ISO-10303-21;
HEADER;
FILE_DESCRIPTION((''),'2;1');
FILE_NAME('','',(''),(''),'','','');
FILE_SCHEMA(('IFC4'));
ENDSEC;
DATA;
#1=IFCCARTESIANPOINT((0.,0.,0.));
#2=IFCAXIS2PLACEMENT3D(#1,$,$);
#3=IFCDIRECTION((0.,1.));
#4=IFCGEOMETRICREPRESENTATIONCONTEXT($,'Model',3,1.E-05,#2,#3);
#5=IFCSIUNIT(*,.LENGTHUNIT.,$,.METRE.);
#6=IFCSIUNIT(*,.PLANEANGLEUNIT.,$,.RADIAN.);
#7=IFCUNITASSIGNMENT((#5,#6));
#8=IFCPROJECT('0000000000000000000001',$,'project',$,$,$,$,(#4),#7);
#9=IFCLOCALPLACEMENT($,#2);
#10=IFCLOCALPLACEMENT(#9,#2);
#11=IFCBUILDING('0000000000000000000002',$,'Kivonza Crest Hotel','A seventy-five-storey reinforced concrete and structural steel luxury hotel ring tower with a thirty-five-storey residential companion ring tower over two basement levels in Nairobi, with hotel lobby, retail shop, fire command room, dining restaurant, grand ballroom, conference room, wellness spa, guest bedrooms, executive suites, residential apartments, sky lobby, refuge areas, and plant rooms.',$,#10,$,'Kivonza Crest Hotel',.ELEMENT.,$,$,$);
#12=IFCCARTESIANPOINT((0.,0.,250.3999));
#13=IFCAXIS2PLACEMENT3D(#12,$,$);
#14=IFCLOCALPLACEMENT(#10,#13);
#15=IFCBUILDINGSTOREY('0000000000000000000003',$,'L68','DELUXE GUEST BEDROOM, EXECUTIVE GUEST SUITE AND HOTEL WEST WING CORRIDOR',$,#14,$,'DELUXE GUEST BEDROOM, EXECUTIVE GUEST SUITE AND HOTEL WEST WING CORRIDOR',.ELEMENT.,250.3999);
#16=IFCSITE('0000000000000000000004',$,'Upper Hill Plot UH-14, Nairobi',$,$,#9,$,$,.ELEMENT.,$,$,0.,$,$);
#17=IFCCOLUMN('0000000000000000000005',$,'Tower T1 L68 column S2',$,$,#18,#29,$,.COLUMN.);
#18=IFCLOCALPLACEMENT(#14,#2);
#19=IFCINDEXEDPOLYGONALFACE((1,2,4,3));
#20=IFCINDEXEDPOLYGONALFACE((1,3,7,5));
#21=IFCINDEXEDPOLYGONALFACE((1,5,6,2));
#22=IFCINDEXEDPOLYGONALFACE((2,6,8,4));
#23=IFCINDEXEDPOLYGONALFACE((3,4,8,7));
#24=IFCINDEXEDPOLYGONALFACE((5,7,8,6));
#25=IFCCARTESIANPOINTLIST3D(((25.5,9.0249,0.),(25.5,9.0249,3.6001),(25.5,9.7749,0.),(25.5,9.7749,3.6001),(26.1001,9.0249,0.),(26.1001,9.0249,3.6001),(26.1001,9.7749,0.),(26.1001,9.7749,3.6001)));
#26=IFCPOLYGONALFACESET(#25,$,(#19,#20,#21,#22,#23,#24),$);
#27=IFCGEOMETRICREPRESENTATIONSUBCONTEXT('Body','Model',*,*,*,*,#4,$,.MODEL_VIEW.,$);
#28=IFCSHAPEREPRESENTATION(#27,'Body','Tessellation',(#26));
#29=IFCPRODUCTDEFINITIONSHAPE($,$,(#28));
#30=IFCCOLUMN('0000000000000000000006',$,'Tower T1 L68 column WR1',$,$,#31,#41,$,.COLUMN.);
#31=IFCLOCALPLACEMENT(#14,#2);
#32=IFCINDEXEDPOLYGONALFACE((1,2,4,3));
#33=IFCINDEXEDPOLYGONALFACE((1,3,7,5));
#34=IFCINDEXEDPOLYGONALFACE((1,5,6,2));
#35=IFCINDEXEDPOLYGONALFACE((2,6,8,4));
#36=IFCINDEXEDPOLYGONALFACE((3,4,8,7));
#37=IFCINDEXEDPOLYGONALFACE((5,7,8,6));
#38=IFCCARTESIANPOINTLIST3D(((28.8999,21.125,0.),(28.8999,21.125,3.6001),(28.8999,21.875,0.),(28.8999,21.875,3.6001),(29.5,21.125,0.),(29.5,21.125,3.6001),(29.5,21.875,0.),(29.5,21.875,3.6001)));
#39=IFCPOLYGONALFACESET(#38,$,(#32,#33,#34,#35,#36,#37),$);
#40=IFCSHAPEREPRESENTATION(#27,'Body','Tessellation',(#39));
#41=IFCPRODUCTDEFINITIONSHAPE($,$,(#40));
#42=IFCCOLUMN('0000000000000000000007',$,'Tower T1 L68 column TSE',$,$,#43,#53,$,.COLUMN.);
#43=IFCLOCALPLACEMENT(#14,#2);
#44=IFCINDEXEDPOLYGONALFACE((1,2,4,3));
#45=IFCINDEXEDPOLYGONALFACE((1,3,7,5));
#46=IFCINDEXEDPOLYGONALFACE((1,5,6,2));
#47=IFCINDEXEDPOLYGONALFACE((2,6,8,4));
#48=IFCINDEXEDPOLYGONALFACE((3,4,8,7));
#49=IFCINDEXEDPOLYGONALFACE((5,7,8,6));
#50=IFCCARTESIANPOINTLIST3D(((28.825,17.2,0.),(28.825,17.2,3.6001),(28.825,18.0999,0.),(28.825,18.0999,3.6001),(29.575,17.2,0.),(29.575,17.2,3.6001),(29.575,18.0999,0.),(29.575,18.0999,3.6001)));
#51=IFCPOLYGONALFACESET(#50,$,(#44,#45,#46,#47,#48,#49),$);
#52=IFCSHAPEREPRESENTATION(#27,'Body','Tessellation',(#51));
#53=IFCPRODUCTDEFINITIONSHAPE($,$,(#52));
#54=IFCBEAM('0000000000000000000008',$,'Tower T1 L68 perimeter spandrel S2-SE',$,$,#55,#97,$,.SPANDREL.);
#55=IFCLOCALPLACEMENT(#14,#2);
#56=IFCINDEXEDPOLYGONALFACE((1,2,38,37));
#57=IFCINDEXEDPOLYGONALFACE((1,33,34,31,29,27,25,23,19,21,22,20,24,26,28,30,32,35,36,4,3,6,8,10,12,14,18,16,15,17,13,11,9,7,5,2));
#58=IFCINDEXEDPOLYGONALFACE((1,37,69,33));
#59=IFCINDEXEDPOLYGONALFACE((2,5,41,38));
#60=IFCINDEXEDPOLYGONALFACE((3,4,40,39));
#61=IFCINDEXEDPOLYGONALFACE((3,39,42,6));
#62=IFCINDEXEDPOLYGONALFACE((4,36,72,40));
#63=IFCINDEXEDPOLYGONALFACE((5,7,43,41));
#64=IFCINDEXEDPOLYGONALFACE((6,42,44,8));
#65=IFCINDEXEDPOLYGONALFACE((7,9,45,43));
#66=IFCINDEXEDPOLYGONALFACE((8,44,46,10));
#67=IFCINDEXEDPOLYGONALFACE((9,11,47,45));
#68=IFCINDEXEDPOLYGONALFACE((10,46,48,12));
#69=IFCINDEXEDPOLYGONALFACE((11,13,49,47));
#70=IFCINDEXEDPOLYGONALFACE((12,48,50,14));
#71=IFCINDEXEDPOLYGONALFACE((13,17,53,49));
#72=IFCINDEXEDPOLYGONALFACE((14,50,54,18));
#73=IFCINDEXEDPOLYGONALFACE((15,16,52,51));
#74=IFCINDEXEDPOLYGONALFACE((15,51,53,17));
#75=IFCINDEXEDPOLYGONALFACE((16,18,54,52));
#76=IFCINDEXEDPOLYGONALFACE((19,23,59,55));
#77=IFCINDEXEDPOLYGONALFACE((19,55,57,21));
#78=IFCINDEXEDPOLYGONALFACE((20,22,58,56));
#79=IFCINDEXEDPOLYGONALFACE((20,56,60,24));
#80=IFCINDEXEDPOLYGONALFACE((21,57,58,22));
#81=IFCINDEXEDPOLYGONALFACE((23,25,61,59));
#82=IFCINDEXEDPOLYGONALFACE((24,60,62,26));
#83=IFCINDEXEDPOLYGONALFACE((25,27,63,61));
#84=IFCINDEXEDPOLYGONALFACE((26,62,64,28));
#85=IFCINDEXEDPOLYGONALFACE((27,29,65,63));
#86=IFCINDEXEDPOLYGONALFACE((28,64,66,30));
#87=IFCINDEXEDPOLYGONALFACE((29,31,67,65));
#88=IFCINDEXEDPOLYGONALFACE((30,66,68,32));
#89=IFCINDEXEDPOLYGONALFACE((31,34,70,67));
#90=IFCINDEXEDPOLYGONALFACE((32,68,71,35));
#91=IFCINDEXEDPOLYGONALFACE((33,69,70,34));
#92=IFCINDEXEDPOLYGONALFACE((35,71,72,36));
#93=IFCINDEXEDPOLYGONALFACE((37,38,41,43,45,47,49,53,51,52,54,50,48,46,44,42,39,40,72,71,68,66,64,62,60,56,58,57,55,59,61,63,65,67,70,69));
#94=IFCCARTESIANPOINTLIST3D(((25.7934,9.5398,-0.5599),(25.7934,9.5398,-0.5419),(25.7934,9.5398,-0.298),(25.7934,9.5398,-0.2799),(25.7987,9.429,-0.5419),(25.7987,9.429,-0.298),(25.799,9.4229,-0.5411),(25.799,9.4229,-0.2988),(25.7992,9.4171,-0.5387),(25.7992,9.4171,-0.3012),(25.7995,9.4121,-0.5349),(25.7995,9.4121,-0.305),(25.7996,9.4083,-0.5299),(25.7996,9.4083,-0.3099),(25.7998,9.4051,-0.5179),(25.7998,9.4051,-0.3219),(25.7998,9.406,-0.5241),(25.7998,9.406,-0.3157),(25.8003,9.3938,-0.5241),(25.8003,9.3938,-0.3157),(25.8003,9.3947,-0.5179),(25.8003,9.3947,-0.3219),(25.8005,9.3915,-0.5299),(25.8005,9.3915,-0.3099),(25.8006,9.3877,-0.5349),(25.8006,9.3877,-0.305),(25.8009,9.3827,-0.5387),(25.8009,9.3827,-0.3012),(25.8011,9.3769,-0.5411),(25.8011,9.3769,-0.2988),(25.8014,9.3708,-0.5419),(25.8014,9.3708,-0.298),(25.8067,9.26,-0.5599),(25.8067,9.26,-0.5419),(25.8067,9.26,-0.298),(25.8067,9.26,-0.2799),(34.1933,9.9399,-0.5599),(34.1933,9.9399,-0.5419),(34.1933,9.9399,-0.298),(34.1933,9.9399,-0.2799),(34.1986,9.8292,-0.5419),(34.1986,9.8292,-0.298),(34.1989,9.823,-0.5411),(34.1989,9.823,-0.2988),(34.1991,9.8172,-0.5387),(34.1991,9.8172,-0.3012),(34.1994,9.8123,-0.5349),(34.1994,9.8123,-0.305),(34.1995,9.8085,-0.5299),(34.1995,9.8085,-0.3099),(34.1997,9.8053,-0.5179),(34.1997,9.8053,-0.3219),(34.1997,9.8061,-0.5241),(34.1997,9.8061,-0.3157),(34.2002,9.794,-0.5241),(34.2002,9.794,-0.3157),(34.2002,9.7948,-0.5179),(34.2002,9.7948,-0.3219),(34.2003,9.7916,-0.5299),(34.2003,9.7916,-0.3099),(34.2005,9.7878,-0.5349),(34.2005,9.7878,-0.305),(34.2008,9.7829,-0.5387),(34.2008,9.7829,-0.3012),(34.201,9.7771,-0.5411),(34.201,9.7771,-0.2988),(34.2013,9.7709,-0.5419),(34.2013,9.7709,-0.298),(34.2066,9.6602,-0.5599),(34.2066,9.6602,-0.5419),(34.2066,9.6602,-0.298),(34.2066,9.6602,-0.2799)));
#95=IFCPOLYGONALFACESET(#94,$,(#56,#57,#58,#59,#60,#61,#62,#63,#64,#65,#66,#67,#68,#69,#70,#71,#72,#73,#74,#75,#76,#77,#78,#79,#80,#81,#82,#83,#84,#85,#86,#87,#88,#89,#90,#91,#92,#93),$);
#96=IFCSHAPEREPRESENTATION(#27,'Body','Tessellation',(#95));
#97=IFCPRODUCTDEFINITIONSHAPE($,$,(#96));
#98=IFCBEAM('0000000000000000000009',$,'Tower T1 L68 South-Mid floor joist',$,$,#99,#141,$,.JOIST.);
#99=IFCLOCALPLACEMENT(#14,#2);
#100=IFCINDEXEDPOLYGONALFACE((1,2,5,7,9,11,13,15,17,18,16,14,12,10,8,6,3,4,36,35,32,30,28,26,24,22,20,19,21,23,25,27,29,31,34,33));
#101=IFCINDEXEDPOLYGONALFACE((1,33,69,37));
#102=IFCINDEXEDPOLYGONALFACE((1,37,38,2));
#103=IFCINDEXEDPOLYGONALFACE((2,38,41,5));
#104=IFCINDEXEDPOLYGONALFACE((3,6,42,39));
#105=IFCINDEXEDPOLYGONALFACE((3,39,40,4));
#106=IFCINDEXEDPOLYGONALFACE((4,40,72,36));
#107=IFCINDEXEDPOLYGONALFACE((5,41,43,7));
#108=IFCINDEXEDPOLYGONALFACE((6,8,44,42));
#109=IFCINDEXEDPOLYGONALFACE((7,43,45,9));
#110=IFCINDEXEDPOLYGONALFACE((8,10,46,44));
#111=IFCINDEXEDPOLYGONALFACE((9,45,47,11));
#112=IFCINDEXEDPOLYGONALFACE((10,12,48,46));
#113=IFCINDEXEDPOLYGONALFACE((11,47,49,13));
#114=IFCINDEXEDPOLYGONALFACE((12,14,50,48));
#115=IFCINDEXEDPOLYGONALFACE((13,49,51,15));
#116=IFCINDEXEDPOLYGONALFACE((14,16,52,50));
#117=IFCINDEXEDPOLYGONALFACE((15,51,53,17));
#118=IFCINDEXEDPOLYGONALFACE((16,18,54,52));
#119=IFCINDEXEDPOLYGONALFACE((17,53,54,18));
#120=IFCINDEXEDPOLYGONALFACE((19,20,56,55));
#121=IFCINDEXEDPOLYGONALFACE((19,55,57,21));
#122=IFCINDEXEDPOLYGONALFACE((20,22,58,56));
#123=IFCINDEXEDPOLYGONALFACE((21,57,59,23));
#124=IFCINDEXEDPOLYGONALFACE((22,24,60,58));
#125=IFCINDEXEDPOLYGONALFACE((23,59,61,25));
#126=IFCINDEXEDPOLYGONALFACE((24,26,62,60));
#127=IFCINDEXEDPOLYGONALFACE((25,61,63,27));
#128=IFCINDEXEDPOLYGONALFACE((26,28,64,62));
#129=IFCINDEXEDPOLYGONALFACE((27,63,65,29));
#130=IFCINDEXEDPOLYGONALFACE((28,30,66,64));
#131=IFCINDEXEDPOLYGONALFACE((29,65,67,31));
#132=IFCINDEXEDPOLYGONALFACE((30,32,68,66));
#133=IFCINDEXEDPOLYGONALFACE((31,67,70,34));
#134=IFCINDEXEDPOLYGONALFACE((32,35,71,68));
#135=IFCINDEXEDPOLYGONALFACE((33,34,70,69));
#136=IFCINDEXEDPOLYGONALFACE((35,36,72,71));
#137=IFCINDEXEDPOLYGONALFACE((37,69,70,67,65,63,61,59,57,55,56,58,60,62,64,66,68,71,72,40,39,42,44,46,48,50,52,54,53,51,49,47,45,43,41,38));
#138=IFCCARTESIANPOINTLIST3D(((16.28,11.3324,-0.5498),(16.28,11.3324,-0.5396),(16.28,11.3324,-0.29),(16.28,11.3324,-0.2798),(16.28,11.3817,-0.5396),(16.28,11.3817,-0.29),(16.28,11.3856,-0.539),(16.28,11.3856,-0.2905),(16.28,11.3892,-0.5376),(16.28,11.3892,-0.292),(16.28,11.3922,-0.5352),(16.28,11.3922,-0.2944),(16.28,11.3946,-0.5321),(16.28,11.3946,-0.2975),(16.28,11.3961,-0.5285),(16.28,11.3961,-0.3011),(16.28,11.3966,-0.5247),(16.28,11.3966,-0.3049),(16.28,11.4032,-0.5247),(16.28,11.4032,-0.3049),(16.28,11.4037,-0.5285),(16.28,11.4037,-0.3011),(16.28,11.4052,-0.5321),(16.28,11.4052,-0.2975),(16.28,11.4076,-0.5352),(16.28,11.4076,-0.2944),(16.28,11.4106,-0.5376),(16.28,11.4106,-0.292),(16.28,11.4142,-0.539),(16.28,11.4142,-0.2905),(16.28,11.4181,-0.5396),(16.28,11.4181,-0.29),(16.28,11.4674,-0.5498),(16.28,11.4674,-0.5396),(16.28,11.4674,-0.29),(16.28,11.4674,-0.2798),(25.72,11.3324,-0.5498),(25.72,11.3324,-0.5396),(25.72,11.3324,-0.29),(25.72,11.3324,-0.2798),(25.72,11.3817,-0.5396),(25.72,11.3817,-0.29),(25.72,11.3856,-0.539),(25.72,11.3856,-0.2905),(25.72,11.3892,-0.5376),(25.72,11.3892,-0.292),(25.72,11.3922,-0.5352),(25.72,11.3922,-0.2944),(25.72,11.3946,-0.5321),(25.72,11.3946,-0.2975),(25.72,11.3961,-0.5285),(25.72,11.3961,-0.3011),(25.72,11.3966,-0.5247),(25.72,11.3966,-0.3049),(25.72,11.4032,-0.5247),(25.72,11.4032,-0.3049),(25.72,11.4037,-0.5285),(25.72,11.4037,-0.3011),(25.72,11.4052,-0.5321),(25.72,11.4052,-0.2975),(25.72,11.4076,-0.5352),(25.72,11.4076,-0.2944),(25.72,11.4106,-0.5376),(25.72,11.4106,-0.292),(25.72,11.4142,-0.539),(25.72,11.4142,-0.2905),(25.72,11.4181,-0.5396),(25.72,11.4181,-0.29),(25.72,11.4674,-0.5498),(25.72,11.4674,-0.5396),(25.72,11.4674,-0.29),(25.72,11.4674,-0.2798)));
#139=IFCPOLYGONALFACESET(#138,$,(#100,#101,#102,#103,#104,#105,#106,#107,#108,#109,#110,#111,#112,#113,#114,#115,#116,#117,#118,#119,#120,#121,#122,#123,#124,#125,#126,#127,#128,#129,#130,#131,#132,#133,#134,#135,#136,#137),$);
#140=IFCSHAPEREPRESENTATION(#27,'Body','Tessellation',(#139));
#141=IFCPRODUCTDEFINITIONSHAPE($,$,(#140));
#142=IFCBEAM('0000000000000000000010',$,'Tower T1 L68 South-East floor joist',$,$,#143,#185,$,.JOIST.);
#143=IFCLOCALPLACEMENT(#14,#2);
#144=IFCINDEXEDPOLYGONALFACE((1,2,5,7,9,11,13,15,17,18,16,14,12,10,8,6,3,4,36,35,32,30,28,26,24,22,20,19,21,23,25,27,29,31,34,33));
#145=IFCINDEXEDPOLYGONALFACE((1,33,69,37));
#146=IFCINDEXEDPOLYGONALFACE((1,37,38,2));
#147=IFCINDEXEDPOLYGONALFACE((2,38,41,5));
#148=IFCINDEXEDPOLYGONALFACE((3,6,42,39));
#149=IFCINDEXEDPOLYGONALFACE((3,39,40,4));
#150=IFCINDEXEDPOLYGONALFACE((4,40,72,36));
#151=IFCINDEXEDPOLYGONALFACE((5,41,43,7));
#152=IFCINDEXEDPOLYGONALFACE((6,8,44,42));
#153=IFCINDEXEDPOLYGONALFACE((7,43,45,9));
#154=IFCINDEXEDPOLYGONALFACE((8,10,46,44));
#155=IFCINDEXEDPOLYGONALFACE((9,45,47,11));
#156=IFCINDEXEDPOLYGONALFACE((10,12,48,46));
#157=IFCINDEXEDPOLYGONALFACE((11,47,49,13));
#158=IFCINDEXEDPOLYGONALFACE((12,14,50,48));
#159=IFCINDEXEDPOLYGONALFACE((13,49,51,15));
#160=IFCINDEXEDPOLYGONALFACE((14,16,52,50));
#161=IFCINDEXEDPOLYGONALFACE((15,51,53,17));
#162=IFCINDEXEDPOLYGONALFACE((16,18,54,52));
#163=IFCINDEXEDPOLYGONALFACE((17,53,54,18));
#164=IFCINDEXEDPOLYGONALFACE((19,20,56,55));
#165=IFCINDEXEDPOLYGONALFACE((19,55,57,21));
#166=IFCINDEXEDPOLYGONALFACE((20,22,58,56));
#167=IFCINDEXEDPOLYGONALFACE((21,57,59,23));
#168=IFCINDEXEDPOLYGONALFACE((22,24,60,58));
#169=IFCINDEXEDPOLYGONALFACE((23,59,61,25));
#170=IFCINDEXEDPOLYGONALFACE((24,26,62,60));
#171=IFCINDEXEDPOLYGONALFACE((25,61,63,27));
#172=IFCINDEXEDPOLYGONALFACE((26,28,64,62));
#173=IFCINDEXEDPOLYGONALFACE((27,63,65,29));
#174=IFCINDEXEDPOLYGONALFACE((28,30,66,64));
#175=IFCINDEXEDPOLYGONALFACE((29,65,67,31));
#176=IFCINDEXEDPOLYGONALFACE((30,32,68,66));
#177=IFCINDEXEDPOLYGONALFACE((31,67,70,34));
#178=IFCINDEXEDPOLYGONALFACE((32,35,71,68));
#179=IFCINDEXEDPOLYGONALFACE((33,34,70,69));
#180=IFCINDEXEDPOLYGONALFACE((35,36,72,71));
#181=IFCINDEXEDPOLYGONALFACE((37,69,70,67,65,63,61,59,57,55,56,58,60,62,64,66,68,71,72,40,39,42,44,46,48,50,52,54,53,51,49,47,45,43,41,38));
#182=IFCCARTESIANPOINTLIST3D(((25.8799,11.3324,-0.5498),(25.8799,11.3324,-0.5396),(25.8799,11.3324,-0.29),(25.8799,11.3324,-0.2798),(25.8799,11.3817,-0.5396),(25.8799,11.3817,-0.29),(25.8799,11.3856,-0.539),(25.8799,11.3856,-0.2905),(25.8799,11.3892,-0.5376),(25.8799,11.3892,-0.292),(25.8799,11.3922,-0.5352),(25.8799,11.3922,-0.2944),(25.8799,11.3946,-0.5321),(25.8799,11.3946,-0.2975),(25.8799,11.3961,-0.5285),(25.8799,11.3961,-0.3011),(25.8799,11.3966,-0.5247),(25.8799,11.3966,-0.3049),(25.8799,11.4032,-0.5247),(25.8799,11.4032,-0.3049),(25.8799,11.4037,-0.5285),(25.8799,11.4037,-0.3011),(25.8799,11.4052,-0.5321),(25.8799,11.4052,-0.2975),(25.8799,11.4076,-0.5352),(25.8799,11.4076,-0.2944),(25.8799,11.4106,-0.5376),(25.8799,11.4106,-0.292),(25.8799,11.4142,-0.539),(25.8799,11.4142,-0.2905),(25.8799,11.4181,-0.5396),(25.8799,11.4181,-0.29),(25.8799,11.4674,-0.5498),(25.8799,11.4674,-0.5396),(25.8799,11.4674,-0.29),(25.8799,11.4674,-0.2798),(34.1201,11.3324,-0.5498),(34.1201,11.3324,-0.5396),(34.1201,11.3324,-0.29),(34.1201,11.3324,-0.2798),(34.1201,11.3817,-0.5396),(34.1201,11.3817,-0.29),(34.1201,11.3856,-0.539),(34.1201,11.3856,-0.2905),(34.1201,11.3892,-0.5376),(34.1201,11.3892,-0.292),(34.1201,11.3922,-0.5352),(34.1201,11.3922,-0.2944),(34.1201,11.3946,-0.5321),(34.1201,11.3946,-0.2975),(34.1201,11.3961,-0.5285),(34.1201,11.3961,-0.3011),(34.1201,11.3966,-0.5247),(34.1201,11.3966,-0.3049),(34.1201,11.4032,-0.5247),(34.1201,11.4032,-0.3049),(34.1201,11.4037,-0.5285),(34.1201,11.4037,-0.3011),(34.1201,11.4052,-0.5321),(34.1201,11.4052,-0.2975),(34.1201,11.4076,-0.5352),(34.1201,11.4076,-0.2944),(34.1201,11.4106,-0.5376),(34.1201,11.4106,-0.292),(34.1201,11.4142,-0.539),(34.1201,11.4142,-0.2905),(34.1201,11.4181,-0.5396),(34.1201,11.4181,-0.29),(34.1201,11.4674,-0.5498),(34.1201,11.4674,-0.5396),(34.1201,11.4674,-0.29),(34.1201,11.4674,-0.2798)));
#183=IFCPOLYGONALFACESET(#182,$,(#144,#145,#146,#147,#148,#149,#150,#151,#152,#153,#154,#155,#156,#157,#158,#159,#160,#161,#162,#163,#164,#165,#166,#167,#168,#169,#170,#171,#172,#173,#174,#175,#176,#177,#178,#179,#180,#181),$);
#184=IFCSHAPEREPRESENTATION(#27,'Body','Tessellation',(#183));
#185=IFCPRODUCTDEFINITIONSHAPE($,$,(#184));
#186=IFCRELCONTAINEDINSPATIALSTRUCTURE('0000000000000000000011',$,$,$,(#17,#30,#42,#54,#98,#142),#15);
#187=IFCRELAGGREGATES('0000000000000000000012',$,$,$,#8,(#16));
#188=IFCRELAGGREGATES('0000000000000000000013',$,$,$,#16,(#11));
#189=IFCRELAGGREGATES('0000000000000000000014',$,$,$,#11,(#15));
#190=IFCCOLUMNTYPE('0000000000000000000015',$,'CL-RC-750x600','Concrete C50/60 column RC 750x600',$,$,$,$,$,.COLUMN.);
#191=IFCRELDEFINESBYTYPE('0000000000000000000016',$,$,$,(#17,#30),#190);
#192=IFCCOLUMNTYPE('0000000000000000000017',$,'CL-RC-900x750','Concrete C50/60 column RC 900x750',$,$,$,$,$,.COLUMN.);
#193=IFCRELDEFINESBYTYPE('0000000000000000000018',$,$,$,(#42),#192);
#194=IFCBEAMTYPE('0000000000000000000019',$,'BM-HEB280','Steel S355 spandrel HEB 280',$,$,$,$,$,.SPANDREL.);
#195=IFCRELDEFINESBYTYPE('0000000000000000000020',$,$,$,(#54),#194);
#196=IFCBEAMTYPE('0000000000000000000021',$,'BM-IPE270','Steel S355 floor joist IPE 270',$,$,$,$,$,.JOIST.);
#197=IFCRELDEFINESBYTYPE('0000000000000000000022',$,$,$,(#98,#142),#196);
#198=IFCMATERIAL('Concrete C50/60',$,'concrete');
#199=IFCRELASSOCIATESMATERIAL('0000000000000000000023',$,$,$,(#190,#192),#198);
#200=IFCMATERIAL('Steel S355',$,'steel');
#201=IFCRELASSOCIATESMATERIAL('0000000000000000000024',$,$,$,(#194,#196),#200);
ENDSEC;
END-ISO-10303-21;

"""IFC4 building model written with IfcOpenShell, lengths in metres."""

from ifc_helpers import new_model, si_unit, direction, frame, origin, origin_2d, place, context, subcontext, project, spatial, rectangle, i_section, extrude, material, material_profile, profile_set, type_object, element, save


model = new_model("IFC4")

# Units and contexts
model_context = context("Model", 3, precision=1e-05, world=origin(), true_north=direction((0.0, 1.0)))
body_context = subcontext(model_context, "Body", "Model", "MODEL_VIEW")
ifc_project = project(units=[si_unit("LENGTHUNIT", "METRE"), si_unit("PLANEANGLEUNIT", "RADIAN")], contexts=[model_context])

# Site, building, storey
site_placement = place(None, origin())
site = spatial("IfcSite", under=ifc_project, at=site_placement, Name="Upper Hill Plot UH-14, Nairobi", CompositionType="ELEMENT", RefElevation=0.0)
building_placement = place(site_placement, origin())
building = spatial("IfcBuilding", under=site, at=building_placement, Name="Kivonza Crest Hotel", Description="A seventy-five-storey reinforced concrete and structural steel luxury hotel ring tower with a thirty-five-storey residential companion ring tower over two basement levels in Nairobi, with hotel lobby, retail shop, fire command room, dining restaurant, grand ballroom, conference room, wellness spa, guest bedrooms, executive suites, residential apartments, sky lobby, refuge areas, and plant rooms.", LongName="Kivonza Crest Hotel", CompositionType="ELEMENT")
storey_placement = place(building_placement, frame((0.0, 0.0, 250.3999)))
storey = spatial("IfcBuildingStorey", under=building, at=storey_placement, Name="L68", Description="DELUXE GUEST BEDROOM, EXECUTIVE GUEST SUITE AND HOTEL WEST WING CORRIDOR", LongName="DELUXE GUEST BEDROOM, EXECUTIVE GUEST SUITE AND HOTEL WEST WING CORRIDOR", CompositionType="ELEMENT", Elevation=250.3999)

# Columns
ifc_material_1 = material(Name="Concrete C50/60", Category="concrete")
ifc_material_profile_1 = material_profile(ifc_material_1, rectangle(XDim=0.6001, YDim=0.75, at=origin_2d()), Name="RC 750x600")
ifc_profile_set_1 = profile_set([ifc_material_profile_1], Name="Concrete C50/60")
column_type_1 = type_object("IfcColumnType", Name="CL-RC-750x600", Description="Concrete C50/60 column RC 750x600", PredefinedType="COLUMN", material=ifc_profile_set_1)
for number, where, z_axis, x_axis, name in (
    (1, (25.8, 9.3999, 0.0), (0.0, 0.0, 1.0), (1.0, 0.0, 0.0), "Tower T1 L68 column S2"),
    (2, (29.2, 21.5, 0.0), (0.0, 0.0, 1.0), (1.0, 0.0, 0.0), "Tower T1 L68 column WR1"),
):
    element("IfcColumn", number, at=place(storey_placement, frame(where, z_axis=z_axis, x_axis=x_axis)), inside=storey, type_object=column_type_1, Name=name, PredefinedType="COLUMN", context=body_context, shape_type="SweptSolid", body=[
        extrude(rectangle(XDim=0.6001, YDim=0.75, at=origin_2d()), origin(), (0.0, 0.0, 1.0), 3.6001),
    ])
ifc_material_profile_2 = material_profile(ifc_material_1, rectangle(XDim=0.75, YDim=0.8999, at=origin_2d()), Name="RC 900x750")
ifc_profile_set_2 = profile_set([ifc_material_profile_2], Name="Concrete C50/60")
column_type_2 = type_object("IfcColumnType", Name="CL-RC-900x750", Description="Concrete C50/60 column RC 900x750", PredefinedType="COLUMN", material=ifc_profile_set_2)
column_placement = place(storey_placement, frame((29.2, 17.6499, 0.0), z_axis=(0.0, 0.0, 1.0), x_axis=(1.0, 0.0, 0.0)))
element("IfcColumn", 3, at=column_placement, inside=storey, type_object=column_type_2, Name="Tower T1 L68 column TSE", PredefinedType="COLUMN", context=body_context, shape_type="SweptSolid", body=[
    extrude(rectangle(XDim=0.75, YDim=0.8999, at=origin_2d()), origin(), (0.0, 0.0, 1.0), 3.6001),
])

# Beams
ifc_material_2 = material(Name="Steel S355", Category="steel")
ifc_material_profile_3 = material_profile(ifc_material_2, i_section(OverallWidth=0.28, OverallDepth=0.28, WebThickness=0.0105, FlangeThickness=0.0181, FilletRadius=0.0239, at=origin_2d()), Name="HEB 280")
ifc_profile_set_3 = profile_set([ifc_material_profile_3], Name="Steel S355")
beam_type_1 = type_object("IfcBeamType", Name="BM-HEB280", Description="Steel S355 spandrel HEB 280", PredefinedType="SPANDREL", material=ifc_profile_set_3)
beam_1_placement = place(storey_placement, frame((25.8, 9.3999, -0.4199), z_axis=(0.998867, 0.047583, 0.0), x_axis=(-0.047583, 0.998867, 0.0)))
element("IfcBeam", 4, at=beam_1_placement, inside=storey, type_object=beam_type_1, Name="Tower T1 L68 perimeter spandrel S2-SE", PredefinedType="SPANDREL", context=body_context, shape_type="SweptSolid", body=[
    extrude(i_section(OverallWidth=0.28, OverallDepth=0.28, WebThickness=0.0105, FlangeThickness=0.0181, FilletRadius=0.0239, at=origin_2d()), origin(), (0.0, 0.0, 1.0), 8.4094),
])
ifc_material_profile_4 = material_profile(ifc_material_2, i_section(OverallWidth=0.135, OverallDepth=0.27, WebThickness=0.0066, FlangeThickness=0.0103, FilletRadius=0.0149, at=origin_2d()), Name="IPE 270")
ifc_profile_set_4 = profile_set([ifc_material_profile_4], Name="Steel S355")
beam_type_2 = type_object("IfcBeamType", Name="BM-IPE270", Description="Steel S355 floor joist IPE 270", PredefinedType="JOIST", material=ifc_profile_set_4)
beam_2_placement = place(storey_placement, frame((16.28, 11.3999, -0.4148), z_axis=(1.0, 0.0, 0.0), x_axis=(0.0, 1.0, 0.0)))
element("IfcBeam", 5, at=beam_2_placement, inside=storey, type_object=beam_type_2, Name="Tower T1 L68 South-Mid floor joist", PredefinedType="JOIST", context=body_context, shape_type="SweptSolid", body=[
    extrude(i_section(OverallWidth=0.135, OverallDepth=0.27, WebThickness=0.0066, FlangeThickness=0.0103, FilletRadius=0.0149, at=origin_2d()), origin(), (0.0, 0.0, 1.0), 9.4399),
])
beam_3_placement = place(storey_placement, frame((25.8799, 11.3999, -0.4148), z_axis=(1.0, 0.0, 0.0), x_axis=(0.0, 1.0, 0.0)))
element("IfcBeam", 6, at=beam_3_placement, inside=storey, type_object=beam_type_2, Name="Tower T1 L68 South-East floor joist", PredefinedType="JOIST", context=body_context, shape_type="SweptSolid", body=[
    extrude(i_section(OverallWidth=0.135, OverallDepth=0.27, WebThickness=0.0066, FlangeThickness=0.0103, FilletRadius=0.0149, at=origin_2d()), origin(), (0.0, 0.0, 1.0), 8.2402),
])

save(model, "model.ifc")
